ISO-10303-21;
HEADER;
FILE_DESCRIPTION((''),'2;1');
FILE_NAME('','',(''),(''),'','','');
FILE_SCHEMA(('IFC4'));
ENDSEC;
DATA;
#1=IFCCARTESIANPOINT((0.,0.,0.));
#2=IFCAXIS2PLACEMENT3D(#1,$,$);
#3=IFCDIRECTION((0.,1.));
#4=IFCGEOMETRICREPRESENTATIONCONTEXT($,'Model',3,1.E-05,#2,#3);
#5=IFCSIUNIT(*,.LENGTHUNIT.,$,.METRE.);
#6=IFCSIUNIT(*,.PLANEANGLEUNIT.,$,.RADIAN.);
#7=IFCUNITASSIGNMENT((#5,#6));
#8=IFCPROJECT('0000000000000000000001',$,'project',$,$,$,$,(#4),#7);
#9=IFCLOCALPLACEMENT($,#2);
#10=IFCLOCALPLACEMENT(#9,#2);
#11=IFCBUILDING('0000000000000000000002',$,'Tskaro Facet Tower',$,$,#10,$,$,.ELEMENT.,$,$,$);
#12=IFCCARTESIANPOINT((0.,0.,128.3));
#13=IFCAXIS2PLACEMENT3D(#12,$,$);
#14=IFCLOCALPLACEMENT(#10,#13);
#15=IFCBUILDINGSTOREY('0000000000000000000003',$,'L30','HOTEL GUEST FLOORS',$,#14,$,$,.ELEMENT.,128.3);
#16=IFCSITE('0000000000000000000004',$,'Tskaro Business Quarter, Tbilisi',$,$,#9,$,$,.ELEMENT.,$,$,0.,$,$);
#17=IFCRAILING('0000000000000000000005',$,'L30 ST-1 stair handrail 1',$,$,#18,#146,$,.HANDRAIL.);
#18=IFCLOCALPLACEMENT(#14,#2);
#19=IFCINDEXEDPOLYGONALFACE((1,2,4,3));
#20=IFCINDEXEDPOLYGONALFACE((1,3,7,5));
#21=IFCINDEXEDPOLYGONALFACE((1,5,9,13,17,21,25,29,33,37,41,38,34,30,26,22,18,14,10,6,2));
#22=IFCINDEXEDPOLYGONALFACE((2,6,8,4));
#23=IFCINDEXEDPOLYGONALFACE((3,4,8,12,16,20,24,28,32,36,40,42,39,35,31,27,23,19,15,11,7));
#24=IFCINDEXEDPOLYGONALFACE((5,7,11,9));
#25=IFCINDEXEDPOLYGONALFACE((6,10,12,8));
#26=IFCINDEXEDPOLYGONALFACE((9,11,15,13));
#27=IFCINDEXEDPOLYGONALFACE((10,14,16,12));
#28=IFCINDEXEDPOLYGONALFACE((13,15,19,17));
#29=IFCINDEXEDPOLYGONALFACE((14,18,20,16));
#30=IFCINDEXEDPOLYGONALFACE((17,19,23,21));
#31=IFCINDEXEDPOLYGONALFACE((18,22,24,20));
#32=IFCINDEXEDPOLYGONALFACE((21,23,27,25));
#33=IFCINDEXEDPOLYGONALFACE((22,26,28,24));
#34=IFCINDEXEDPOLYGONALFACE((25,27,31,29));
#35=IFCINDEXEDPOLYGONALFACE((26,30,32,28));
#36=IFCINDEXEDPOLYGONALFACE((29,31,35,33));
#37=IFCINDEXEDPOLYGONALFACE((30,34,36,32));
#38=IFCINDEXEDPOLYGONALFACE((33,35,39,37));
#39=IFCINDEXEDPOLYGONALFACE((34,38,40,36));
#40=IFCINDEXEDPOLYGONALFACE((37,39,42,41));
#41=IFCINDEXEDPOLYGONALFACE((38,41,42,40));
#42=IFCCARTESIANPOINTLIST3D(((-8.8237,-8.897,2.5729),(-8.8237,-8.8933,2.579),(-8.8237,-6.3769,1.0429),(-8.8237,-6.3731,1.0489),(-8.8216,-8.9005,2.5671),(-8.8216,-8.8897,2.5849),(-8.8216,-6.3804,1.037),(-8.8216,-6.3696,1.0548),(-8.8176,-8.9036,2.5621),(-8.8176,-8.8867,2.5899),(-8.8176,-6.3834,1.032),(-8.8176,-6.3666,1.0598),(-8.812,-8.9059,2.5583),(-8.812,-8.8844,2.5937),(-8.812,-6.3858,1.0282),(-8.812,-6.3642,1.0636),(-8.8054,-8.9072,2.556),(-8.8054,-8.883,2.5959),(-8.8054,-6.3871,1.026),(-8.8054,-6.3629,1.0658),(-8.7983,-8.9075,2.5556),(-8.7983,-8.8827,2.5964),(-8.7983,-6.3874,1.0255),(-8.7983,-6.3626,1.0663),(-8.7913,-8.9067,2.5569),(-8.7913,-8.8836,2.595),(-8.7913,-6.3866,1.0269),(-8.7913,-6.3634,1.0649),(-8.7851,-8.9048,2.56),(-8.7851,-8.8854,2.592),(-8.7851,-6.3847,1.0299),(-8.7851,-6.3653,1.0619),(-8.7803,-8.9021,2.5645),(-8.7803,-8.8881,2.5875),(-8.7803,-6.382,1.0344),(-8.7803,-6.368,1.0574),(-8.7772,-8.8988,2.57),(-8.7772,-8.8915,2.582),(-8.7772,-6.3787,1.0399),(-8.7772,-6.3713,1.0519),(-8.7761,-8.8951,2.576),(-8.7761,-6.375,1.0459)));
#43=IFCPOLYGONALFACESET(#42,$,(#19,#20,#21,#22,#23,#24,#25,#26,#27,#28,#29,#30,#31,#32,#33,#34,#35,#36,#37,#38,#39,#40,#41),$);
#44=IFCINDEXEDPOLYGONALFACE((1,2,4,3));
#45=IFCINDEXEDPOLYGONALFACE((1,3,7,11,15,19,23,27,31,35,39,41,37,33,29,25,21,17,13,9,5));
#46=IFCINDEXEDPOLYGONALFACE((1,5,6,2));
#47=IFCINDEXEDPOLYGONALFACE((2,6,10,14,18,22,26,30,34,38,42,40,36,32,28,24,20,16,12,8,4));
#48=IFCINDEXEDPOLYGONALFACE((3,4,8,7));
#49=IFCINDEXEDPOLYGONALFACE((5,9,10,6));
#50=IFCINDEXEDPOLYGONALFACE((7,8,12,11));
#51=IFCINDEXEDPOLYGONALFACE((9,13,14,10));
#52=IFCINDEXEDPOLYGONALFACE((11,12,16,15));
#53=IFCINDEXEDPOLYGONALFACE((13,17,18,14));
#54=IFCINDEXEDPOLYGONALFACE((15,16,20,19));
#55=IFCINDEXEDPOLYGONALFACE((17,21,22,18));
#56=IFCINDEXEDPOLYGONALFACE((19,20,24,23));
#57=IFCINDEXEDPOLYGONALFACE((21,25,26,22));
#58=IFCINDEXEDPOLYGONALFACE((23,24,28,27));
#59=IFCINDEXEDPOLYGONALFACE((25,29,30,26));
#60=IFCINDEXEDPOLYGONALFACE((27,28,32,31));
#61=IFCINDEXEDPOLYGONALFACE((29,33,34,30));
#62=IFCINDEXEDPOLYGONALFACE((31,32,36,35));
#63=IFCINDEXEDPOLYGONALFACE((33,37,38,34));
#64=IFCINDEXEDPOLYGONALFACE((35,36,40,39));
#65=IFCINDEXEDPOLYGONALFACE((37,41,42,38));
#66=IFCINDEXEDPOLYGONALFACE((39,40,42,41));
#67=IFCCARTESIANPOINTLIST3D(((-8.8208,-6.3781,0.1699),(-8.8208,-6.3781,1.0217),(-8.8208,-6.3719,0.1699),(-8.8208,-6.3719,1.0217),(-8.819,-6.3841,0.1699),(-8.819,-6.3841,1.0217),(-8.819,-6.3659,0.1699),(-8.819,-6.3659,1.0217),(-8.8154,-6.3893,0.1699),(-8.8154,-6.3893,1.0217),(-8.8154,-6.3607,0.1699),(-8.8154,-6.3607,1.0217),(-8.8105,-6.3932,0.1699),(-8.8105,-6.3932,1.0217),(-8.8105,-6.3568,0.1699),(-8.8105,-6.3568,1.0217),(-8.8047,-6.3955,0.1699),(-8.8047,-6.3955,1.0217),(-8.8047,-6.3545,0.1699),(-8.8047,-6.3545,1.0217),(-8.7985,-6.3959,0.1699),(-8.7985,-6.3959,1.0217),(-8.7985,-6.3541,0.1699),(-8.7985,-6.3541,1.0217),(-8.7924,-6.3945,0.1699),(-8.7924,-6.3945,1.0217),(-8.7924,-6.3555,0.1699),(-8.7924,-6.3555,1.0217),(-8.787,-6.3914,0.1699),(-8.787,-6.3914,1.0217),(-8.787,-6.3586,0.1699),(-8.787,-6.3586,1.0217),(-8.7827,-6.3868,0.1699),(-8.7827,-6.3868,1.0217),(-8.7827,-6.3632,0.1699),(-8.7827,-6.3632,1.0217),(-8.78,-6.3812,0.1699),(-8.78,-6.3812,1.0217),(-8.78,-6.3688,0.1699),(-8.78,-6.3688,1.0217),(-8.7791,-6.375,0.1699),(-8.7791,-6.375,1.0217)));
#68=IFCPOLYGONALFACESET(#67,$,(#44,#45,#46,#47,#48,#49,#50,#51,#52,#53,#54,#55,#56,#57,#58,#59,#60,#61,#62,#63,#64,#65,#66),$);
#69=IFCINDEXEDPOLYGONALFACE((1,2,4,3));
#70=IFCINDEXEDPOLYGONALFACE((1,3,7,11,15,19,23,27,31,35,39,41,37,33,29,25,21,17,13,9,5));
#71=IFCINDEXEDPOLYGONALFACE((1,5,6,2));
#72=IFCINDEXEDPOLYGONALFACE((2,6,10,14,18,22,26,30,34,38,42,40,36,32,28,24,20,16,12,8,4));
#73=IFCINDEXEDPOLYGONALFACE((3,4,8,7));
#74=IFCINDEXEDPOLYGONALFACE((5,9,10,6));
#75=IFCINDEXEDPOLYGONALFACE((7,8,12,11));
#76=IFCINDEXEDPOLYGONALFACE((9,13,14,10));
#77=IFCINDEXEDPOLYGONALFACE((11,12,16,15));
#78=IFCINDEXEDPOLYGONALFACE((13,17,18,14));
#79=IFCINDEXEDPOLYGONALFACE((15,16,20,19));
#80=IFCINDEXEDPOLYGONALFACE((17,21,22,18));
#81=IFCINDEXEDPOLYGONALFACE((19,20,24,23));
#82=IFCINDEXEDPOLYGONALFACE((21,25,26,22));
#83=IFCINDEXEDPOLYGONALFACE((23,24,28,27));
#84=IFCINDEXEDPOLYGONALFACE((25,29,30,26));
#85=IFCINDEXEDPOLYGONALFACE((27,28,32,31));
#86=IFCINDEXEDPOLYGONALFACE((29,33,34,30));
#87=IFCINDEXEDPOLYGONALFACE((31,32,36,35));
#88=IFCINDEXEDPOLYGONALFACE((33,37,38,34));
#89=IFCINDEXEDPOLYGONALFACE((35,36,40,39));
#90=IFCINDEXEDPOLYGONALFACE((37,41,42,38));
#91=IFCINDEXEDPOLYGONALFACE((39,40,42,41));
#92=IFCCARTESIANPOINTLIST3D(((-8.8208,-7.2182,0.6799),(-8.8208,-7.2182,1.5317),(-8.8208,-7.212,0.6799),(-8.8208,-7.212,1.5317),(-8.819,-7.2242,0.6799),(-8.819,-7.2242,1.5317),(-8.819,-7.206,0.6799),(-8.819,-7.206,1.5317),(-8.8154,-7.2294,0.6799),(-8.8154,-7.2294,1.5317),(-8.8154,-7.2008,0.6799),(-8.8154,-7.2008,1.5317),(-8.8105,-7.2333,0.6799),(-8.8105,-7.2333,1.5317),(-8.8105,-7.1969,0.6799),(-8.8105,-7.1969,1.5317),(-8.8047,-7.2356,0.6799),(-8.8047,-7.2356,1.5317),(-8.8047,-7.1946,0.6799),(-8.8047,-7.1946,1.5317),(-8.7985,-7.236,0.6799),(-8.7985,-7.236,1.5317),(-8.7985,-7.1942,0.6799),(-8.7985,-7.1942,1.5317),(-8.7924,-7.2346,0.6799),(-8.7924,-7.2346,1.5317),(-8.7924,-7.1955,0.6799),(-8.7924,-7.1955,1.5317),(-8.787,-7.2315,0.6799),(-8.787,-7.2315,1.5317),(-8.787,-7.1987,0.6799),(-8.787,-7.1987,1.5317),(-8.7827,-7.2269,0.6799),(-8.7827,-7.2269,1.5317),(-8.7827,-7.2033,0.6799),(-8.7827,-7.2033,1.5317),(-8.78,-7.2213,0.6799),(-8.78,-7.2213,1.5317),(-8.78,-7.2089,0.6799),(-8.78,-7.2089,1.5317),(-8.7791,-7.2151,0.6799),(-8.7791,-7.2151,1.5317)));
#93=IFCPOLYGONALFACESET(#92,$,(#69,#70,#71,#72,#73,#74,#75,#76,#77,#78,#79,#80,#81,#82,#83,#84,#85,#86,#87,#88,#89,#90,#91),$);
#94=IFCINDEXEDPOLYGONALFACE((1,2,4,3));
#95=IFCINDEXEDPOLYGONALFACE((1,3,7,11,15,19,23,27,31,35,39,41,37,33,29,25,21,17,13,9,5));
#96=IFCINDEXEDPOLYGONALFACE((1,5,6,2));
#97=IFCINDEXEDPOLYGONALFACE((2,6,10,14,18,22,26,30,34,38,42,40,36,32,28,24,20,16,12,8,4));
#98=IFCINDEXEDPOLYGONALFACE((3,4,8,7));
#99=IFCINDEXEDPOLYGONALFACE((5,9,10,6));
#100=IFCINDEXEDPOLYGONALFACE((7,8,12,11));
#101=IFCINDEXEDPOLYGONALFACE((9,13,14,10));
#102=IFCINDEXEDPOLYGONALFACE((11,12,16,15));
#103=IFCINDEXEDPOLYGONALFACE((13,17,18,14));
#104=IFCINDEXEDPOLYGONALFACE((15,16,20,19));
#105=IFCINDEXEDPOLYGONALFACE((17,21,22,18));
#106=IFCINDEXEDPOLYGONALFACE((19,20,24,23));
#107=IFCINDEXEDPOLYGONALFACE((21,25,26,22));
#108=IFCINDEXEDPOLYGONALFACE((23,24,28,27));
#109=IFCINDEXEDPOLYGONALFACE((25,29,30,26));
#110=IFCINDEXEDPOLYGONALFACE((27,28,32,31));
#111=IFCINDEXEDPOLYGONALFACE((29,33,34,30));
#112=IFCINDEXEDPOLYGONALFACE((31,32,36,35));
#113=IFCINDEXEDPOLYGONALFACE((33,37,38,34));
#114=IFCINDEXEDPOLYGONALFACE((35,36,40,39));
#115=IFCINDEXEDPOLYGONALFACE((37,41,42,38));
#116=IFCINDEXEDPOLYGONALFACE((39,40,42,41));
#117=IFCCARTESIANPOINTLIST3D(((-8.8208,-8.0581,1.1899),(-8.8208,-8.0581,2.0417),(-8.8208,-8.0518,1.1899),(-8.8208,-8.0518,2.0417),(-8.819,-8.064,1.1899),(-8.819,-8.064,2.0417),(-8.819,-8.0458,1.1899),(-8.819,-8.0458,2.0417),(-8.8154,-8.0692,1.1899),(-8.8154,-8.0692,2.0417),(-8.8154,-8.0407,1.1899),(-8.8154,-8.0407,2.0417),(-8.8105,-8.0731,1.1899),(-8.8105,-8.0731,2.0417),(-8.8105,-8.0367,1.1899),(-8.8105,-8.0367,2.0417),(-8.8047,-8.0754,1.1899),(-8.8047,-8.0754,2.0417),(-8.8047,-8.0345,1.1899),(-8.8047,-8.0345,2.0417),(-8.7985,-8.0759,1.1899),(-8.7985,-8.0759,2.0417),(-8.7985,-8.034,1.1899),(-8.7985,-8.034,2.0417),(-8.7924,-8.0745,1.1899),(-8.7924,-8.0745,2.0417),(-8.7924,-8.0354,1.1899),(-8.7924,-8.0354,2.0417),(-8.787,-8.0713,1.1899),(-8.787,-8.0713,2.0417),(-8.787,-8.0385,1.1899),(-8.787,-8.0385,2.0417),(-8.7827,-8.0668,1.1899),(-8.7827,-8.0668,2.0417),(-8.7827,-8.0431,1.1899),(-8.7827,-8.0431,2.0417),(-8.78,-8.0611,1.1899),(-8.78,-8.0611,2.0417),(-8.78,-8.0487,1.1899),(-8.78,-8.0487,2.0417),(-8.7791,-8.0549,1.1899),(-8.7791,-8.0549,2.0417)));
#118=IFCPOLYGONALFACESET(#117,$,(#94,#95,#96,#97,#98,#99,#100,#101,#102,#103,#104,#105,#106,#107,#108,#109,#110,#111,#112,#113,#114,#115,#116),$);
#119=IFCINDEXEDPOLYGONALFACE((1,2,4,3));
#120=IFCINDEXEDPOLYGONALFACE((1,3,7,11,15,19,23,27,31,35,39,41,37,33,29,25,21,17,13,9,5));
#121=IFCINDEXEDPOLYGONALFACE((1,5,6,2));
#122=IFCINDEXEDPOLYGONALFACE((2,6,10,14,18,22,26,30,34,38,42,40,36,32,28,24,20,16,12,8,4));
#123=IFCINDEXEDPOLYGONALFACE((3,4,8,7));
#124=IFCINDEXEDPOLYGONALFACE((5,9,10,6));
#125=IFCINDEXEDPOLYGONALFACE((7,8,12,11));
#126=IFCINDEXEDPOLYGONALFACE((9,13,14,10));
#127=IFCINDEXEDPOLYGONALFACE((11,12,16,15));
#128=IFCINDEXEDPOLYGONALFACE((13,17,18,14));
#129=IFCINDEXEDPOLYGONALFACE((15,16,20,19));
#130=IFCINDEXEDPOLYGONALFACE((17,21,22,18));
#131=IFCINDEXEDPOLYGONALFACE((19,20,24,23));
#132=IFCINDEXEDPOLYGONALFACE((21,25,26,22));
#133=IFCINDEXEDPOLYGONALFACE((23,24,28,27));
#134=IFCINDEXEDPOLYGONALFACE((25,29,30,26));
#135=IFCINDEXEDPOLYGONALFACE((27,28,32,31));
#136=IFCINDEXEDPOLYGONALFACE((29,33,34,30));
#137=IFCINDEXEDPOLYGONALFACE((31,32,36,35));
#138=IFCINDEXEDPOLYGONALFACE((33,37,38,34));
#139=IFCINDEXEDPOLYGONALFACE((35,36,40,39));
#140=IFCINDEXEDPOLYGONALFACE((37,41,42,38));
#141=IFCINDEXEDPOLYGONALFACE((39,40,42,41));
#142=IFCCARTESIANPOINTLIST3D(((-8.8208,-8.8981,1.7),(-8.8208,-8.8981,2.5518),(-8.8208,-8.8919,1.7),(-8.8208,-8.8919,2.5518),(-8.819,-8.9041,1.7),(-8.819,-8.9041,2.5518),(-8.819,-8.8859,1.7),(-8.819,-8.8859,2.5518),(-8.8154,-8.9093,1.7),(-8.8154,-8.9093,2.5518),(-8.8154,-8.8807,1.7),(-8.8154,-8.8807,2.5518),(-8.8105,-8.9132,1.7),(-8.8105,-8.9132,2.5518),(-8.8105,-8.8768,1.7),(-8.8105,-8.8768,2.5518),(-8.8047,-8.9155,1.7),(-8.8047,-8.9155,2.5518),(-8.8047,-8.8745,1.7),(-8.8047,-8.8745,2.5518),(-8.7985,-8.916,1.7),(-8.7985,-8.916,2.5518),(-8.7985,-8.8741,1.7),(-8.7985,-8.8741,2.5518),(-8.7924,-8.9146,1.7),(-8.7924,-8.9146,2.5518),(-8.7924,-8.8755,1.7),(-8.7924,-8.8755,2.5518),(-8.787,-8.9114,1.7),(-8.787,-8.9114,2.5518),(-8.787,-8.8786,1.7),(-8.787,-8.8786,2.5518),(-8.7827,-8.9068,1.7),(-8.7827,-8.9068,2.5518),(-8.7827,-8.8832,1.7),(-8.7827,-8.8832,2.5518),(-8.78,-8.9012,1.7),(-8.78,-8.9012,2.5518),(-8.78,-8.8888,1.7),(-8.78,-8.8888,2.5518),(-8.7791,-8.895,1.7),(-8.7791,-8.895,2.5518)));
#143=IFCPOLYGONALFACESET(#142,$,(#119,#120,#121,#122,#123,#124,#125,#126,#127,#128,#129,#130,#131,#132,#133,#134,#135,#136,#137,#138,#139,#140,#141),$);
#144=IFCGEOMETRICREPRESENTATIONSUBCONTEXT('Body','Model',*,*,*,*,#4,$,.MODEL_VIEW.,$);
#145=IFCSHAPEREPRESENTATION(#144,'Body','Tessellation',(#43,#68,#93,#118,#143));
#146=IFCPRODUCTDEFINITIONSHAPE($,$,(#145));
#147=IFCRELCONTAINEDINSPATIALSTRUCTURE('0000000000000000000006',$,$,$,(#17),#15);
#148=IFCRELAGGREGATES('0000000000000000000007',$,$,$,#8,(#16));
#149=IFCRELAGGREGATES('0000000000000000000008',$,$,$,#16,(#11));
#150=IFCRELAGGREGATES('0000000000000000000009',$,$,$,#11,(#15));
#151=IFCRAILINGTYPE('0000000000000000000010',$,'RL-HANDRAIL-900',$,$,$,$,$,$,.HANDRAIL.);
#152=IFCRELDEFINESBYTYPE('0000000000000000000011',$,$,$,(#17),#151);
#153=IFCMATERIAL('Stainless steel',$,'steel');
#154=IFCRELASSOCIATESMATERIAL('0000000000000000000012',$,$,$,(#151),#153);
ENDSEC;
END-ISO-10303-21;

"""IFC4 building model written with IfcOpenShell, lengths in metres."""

from ifc_helpers import new_model, si_unit, direction, frame, origin, origin_2d, place, context, subcontext, project, spatial, circle, extrude, material, type_object, element, save


model = new_model("IFC4")

# Units and contexts
model_context = context("Model", 3, precision=1e-05, world=origin(), true_north=direction((0.0, 1.0)))
body_context = subcontext(model_context, "Body", "Model", "MODEL_VIEW")
ifc_project = project(units=[si_unit("LENGTHUNIT", "METRE"), si_unit("PLANEANGLEUNIT", "RADIAN")], contexts=[model_context])

# Site, building, storey
site_placement = place(None, origin())
site = spatial("IfcSite", under=ifc_project, at=site_placement, Name="Tskaro Business Quarter, Tbilisi", CompositionType="ELEMENT", RefElevation=0.0)
building_placement = place(site_placement, origin())
building = spatial("IfcBuilding", under=site, at=building_placement, Name="Tskaro Facet Tower", CompositionType="ELEMENT")
storey_placement = place(building_placement, frame((0.0, 0.0, 128.3)))
storey = spatial("IfcBuildingStorey", under=building, at=storey_placement, Name="L30", Description="HOTEL GUEST FLOORS", CompositionType="ELEMENT", Elevation=128.3)

# Shared definitions
ifc_material_1 = material(Name="Stainless steel", Category="steel")

# Railing
railing_type_1 = type_object("IfcRailingType", Name="RL-HANDRAIL-900", PredefinedType="HANDRAIL", material=ifc_material_1)
railing_1_placement = place(storey_placement, frame((-8.8, -6.375, 0.1699)))
element("IfcRailing", 1, at=railing_1_placement, inside=storey, type_object=railing_type_1, Name="L30 ST-1 stair handrail 1", PredefinedType="HANDRAIL", context=body_context, shape_type="SweptSolid", body=[
    extrude(circle(Radius=0.0239, at=origin_2d()), frame((0.0, 0.0, 0.876), z_axis=(0.0, -0.854785, 0.518982), x_axis=(1.0, 0.0, 0.0)), (0.0, 0.0, 1.0), 2.9482),
    extrude(circle(Radius=0.021, at=origin_2d()), origin(), (0.0, 0.0, 1.0), 0.8518),
    extrude(circle(Radius=0.021, at=origin_2d()), frame((0.0, -0.8401, 0.51)), (0.0, 0.0, 1.0), 0.8518),
    extrude(circle(Radius=0.021, at=origin_2d()), frame((0.0, -1.6799, 1.02)), (0.0, 0.0, 1.0), 0.8518),
    extrude(circle(Radius=0.021, at=origin_2d()), frame((0.0, -2.52, 1.53)), (0.0, 0.0, 1.0), 0.8518),
])

save(model, "model.ifc")
